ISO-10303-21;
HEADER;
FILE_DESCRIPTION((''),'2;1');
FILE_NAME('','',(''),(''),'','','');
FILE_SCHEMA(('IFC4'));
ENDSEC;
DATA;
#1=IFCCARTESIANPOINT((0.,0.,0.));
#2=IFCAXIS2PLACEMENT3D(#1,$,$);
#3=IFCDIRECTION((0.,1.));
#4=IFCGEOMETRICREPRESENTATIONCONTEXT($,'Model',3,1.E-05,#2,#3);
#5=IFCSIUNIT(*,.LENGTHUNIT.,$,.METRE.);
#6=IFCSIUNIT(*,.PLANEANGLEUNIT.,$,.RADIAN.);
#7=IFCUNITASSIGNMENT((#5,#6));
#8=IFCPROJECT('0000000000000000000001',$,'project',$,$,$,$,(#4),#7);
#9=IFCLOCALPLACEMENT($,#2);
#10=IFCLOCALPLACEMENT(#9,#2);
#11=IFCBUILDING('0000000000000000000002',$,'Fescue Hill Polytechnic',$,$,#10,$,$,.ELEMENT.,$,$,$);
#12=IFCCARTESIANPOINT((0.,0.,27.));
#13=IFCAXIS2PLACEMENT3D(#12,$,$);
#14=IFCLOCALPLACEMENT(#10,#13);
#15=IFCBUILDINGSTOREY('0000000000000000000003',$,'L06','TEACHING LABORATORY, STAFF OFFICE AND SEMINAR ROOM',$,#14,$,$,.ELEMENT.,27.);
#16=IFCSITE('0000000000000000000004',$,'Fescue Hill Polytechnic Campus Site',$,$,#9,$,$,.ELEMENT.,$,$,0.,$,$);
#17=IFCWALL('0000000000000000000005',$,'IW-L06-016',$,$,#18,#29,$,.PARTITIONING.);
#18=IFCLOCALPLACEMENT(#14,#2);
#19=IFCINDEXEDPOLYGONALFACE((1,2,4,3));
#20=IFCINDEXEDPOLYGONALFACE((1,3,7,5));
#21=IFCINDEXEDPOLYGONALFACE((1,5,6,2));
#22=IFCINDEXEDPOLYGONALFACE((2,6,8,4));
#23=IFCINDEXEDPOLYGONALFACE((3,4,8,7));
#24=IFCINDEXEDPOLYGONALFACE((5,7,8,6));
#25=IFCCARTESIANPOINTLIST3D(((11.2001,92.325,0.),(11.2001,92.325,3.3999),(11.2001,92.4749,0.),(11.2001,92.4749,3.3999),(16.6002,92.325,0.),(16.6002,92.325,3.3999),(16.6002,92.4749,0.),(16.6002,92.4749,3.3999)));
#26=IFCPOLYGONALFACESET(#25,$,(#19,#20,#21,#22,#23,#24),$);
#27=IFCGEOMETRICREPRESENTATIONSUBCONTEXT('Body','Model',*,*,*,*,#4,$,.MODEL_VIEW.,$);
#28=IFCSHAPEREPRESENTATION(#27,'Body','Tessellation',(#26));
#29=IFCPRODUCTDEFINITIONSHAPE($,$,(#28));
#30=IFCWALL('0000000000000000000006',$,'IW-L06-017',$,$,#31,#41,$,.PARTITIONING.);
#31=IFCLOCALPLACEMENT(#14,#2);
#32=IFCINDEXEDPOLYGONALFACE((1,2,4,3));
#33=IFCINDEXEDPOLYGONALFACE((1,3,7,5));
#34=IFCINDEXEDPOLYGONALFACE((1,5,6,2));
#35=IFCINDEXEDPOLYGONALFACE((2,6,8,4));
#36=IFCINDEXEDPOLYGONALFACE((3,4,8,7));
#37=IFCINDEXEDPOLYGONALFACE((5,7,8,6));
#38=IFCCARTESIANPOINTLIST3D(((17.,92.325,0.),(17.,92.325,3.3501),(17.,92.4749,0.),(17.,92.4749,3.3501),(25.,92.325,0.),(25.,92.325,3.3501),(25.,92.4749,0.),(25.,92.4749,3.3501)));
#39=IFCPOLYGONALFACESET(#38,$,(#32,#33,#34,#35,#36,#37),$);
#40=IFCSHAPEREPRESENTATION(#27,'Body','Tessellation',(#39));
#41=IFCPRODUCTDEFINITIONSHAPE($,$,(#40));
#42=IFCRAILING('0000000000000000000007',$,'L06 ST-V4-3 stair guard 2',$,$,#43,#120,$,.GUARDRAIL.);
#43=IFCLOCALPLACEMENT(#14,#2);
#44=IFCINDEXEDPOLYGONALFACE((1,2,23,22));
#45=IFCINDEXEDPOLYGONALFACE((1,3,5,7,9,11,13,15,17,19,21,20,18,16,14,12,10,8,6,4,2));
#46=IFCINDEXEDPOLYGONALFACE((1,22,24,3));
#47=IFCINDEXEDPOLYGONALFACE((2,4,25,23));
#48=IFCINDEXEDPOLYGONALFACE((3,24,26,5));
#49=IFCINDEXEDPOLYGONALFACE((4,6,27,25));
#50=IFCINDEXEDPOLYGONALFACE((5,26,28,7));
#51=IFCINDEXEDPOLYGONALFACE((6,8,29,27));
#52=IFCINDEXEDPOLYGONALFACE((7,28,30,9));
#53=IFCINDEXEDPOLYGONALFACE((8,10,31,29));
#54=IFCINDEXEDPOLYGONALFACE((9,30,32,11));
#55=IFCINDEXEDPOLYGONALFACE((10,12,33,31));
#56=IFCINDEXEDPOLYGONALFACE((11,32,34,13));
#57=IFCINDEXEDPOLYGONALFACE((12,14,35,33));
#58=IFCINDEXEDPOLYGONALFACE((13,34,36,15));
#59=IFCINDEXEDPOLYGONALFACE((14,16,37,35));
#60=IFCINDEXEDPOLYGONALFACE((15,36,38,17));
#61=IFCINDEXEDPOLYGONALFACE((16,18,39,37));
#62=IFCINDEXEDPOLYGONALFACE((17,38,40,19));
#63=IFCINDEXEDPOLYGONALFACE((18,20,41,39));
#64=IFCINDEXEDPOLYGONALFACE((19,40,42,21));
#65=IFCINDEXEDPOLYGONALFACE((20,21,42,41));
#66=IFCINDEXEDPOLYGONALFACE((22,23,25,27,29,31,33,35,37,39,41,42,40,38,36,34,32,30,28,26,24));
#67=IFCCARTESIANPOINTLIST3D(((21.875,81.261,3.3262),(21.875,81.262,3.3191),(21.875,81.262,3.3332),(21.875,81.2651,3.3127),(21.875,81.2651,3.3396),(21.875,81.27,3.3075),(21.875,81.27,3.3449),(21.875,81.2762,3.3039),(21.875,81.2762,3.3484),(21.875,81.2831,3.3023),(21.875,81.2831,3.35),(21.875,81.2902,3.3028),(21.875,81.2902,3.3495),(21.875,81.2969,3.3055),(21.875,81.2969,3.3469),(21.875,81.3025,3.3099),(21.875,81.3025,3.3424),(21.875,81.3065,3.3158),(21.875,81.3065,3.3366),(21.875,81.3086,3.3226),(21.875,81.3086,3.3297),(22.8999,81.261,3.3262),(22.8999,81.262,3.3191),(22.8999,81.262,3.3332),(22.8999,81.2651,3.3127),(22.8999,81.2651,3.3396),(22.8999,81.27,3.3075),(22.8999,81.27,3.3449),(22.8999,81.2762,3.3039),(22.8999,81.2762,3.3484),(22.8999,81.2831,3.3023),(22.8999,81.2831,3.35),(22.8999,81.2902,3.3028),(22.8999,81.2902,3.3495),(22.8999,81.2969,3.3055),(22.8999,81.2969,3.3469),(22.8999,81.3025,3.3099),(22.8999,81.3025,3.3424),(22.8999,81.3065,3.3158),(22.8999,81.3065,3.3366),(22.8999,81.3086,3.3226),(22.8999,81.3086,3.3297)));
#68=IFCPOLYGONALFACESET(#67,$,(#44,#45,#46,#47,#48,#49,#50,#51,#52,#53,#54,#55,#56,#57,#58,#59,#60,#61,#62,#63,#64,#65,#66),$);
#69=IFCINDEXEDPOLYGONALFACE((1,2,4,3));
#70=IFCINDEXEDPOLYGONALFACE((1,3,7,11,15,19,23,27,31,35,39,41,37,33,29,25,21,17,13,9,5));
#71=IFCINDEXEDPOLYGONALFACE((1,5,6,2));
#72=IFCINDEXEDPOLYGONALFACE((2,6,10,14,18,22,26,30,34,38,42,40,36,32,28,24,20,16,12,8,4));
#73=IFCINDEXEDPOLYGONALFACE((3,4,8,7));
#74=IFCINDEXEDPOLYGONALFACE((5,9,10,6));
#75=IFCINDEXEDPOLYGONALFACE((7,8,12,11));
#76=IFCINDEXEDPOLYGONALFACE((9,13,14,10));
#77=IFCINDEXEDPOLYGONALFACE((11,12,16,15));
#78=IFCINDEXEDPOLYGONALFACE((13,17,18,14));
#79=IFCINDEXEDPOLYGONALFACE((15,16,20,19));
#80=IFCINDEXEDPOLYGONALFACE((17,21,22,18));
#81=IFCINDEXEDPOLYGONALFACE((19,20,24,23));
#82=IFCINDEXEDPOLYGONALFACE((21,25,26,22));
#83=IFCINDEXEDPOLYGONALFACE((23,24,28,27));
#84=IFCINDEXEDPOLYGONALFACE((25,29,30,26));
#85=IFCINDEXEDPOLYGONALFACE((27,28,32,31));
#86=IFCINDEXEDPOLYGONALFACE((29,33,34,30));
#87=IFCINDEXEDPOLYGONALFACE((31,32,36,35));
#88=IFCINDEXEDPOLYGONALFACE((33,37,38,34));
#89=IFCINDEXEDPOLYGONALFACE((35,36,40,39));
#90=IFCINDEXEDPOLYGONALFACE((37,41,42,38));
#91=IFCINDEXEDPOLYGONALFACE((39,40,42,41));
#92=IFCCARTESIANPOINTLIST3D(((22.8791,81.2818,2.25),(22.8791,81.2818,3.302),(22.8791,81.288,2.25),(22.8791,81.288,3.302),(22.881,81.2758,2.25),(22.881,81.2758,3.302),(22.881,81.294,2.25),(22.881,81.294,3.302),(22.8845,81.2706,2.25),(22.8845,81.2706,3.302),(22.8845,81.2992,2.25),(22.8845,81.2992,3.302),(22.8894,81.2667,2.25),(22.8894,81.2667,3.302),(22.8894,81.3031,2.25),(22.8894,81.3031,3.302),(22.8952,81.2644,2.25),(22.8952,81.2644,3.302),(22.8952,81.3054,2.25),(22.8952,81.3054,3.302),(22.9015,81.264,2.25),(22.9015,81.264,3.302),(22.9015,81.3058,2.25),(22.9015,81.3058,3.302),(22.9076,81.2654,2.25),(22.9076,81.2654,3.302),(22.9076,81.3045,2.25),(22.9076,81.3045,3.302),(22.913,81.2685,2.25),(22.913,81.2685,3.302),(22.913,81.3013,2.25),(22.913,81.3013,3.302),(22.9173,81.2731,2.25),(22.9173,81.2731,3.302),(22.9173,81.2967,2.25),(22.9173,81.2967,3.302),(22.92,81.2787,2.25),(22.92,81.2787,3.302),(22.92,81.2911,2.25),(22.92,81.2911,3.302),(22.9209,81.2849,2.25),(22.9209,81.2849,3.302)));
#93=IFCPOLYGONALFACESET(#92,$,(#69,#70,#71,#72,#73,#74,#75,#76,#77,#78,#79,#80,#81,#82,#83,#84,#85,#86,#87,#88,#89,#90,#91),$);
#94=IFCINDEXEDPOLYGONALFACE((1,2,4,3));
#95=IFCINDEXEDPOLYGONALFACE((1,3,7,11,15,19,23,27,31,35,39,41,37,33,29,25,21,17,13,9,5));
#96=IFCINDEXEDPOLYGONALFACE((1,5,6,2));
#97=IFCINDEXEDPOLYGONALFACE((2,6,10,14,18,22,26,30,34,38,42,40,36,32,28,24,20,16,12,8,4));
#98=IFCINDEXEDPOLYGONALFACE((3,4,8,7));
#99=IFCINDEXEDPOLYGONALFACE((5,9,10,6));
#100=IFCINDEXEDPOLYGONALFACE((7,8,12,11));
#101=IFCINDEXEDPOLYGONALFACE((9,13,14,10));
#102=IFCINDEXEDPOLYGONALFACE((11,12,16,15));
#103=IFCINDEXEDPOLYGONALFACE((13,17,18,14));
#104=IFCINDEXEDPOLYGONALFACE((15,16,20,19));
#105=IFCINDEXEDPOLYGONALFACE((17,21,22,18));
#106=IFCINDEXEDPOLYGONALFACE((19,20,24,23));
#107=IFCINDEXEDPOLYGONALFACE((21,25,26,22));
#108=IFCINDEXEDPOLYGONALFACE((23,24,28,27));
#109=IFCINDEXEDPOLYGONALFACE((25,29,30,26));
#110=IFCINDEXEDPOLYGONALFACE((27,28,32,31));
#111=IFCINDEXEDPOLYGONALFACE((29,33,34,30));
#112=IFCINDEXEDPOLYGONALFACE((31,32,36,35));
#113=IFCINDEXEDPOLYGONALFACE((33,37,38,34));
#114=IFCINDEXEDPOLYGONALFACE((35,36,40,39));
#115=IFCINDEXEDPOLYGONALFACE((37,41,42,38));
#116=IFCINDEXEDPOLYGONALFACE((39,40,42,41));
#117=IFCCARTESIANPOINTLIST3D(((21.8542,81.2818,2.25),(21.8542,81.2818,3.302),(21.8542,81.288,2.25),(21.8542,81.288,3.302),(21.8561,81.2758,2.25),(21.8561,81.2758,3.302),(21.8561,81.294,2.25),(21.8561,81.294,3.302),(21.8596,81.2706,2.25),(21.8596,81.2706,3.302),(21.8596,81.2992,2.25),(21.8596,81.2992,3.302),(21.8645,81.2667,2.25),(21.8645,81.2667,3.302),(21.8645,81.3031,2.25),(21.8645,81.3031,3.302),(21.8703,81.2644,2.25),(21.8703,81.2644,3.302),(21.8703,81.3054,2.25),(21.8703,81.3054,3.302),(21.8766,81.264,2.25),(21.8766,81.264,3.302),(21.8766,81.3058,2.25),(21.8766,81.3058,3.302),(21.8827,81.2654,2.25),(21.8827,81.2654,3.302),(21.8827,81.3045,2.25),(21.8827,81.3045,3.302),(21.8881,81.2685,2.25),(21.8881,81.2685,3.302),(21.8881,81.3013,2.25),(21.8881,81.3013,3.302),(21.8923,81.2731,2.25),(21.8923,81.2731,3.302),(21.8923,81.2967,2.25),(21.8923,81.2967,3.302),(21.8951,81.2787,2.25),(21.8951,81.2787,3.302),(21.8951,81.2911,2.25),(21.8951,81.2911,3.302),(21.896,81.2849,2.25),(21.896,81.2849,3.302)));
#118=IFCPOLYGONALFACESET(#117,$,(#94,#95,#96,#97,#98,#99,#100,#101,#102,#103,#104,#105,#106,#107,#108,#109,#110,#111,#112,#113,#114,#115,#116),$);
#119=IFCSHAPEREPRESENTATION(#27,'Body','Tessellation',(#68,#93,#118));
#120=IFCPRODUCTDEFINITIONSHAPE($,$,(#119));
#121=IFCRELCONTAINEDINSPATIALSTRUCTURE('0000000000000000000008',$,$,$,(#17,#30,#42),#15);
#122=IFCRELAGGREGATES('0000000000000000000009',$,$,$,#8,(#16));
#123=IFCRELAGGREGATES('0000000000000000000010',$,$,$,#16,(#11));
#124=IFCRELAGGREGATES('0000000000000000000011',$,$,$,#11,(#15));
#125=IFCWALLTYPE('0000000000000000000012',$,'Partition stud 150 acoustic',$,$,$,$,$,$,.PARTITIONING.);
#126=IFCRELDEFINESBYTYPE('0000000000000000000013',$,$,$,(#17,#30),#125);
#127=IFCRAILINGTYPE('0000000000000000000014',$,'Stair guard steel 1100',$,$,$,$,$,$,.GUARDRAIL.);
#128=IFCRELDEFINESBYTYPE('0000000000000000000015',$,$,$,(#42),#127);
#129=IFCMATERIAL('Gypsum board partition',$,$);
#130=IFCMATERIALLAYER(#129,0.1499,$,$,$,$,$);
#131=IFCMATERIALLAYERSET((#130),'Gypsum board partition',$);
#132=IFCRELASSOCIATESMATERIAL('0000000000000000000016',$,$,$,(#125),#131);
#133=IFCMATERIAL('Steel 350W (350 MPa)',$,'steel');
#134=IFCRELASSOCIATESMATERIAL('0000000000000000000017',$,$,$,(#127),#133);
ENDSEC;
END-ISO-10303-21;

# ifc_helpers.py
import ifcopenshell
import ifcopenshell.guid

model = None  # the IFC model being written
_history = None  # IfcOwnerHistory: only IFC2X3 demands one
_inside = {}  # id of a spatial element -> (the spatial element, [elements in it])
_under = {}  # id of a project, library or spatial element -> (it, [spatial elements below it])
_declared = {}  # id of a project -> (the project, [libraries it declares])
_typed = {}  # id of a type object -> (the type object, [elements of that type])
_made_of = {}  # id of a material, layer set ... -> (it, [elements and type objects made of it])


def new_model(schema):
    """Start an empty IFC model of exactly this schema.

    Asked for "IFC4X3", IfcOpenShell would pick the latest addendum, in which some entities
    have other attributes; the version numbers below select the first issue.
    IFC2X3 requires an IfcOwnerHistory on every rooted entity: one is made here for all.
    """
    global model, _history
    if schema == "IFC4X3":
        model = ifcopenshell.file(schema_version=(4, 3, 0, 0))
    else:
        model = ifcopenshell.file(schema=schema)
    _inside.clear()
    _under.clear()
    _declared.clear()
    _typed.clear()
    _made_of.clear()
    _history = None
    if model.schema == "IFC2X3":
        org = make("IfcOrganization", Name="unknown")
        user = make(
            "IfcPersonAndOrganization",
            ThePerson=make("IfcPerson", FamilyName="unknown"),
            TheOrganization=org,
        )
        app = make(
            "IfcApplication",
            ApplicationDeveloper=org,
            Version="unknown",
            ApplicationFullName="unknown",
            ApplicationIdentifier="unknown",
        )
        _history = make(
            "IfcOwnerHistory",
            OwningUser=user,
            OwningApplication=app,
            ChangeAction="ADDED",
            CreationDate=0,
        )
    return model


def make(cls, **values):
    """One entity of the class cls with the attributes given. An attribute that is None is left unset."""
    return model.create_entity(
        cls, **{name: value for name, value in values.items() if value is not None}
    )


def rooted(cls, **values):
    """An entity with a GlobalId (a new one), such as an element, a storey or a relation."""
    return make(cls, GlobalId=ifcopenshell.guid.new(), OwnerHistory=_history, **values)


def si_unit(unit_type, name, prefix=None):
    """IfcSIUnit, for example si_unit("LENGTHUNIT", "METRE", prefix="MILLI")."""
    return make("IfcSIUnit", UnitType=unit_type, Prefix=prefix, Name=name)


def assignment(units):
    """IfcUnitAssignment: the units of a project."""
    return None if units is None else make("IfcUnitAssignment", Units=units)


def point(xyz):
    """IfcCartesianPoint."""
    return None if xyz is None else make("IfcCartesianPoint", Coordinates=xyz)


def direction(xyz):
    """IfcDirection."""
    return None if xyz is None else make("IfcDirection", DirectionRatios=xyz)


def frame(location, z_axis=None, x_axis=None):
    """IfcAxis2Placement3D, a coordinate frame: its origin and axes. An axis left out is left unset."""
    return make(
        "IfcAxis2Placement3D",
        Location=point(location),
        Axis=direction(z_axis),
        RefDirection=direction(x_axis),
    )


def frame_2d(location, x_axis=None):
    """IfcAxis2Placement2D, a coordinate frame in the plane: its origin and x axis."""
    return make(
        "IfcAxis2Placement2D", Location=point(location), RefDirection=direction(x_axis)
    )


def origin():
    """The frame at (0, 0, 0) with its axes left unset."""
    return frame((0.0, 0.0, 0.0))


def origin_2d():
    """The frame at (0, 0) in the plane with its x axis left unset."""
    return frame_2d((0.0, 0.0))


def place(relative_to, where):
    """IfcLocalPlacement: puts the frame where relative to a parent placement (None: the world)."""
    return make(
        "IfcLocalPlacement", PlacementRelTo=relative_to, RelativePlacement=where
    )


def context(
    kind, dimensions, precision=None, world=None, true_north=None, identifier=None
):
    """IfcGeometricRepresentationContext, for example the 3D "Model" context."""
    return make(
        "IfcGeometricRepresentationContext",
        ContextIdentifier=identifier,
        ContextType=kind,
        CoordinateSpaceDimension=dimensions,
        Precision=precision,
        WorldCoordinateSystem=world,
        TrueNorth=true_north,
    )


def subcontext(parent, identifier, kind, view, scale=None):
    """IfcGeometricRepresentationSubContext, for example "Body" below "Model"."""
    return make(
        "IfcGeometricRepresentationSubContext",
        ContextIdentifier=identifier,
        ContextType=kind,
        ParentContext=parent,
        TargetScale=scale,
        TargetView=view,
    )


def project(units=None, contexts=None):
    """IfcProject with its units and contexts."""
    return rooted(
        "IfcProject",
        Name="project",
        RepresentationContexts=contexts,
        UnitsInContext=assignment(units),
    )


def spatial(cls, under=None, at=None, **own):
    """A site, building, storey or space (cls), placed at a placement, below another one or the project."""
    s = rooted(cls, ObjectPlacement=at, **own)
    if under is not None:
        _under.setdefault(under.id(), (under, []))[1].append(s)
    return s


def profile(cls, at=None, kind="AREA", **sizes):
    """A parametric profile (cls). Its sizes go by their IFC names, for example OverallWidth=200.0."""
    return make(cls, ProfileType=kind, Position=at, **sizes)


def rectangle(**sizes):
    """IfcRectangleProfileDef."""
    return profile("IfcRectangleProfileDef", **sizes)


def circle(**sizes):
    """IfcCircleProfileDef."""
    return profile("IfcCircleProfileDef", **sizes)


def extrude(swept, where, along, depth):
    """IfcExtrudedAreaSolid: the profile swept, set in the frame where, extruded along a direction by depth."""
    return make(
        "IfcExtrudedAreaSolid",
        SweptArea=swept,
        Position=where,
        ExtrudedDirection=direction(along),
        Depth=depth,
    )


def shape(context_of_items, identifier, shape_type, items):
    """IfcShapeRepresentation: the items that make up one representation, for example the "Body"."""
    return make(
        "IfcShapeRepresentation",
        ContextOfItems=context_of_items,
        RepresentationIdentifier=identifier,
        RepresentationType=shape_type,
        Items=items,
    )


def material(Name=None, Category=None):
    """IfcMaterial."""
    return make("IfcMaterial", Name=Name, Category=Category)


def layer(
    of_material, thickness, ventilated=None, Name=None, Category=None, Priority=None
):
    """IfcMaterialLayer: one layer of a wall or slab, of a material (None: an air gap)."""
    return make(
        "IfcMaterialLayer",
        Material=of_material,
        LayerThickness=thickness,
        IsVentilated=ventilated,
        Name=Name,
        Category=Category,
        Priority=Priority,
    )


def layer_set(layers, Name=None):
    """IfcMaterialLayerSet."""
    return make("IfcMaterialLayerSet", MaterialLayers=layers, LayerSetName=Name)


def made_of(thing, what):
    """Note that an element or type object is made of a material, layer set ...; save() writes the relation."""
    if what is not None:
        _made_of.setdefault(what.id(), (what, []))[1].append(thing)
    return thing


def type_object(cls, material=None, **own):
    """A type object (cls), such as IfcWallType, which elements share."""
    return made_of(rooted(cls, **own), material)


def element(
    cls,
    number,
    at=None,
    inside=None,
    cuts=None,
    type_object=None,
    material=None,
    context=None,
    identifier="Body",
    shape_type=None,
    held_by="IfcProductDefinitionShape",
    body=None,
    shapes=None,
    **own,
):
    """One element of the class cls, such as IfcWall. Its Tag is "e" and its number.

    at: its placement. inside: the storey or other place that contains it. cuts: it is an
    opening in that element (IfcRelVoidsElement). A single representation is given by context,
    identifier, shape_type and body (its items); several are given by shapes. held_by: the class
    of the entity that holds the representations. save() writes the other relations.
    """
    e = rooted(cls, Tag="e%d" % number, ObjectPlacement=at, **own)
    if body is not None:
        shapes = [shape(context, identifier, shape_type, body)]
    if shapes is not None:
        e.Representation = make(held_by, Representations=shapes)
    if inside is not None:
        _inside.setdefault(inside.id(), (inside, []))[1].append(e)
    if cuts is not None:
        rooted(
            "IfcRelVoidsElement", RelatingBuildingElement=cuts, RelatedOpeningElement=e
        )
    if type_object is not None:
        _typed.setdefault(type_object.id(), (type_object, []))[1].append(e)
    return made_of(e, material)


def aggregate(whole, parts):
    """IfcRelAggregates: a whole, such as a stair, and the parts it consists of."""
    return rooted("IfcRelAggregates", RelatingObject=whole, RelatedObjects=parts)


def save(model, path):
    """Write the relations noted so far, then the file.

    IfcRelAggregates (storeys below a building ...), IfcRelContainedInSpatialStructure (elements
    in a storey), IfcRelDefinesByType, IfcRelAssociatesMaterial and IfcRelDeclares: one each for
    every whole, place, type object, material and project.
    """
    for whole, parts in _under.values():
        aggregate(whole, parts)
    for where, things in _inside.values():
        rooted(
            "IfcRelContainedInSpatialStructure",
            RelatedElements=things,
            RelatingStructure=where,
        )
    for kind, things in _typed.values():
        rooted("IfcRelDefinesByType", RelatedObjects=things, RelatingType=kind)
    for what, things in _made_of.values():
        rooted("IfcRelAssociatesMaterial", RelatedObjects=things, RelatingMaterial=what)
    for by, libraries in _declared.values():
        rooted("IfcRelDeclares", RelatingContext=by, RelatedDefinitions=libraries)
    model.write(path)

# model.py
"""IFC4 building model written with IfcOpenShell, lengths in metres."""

from ifc_helpers import new_model, si_unit, direction, frame, frame_2d, origin, origin_2d, place, context, subcontext, project, spatial, rectangle, circle, extrude, material, layer, layer_set, type_object, element, save


model = new_model("IFC4")

# Units and contexts
model_context = context("Model", 3, precision=1e-05, world=origin(), true_north=direction((0.0, 1.0)))
body_context = subcontext(model_context, "Body", "Model", "MODEL_VIEW")
ifc_project = project(units=[si_unit("LENGTHUNIT", "METRE"), si_unit("PLANEANGLEUNIT", "RADIAN")], contexts=[model_context])

# Site, building, storey
site_placement = place(None, origin())
site = spatial("IfcSite", under=ifc_project, at=site_placement, Name="Fescue Hill Polytechnic Campus Site", CompositionType="ELEMENT", RefElevation=0.0)
building_placement = place(site_placement, origin())
building = spatial("IfcBuilding", under=site, at=building_placement, Name="Fescue Hill Polytechnic", CompositionType="ELEMENT")
storey_placement = place(building_placement, frame((0.0, 0.0, 27.0)))
storey = spatial("IfcBuildingStorey", under=building, at=storey_placement, Name="L06", Description="TEACHING LABORATORY, STAFF OFFICE AND SEMINAR ROOM", CompositionType="ELEMENT", Elevation=27.0)

# Shared definitions
ifc_material_1 = material(Name="Gypsum board partition")

# Walls
ifc_layer_1 = layer(ifc_material_1, 0.1499)
ifc_layer_set_1 = layer_set([ifc_layer_1], Name="Gypsum board partition")
wall_type_1 = type_object("IfcWallType", Name="Partition stud 150 acoustic", PredefinedType="PARTITIONING", material=ifc_layer_set_1)
wall_1_placement = place(storey_placement, frame((11.2, 92.3999, 0.0), z_axis=(0.0, 0.0, 1.0), x_axis=(1.0, 0.0, 0.0)))
element("IfcWall", 1, at=wall_1_placement, inside=storey, type_object=wall_type_1, Name="IW-L06-016", PredefinedType="PARTITIONING", context=body_context, shape_type="SweptSolid", body=[
    extrude(rectangle(XDim=5.4001, YDim=0.1499, at=frame_2d((2.7002, 0.0))), origin(), (0.0, 0.0, 1.0), 3.3999),
])
wall_2_placement = place(storey_placement, frame((17.0, 92.3999, 0.0), z_axis=(0.0, 0.0, 1.0), x_axis=(1.0, 0.0, 0.0)))
element("IfcWall", 2, at=wall_2_placement, inside=storey, type_object=wall_type_1, Name="IW-L06-017", PredefinedType="PARTITIONING", context=body_context, shape_type="SweptSolid", body=[
    extrude(rectangle(XDim=8.0, YDim=0.1499, at=frame_2d((4.0, 0.0))), origin(), (0.0, 0.0, 1.0), 3.3501),
])

# Railing
ifc_material_2 = material(Name="Steel 350W (350 MPa)", Category="steel")
railing_type = type_object("IfcRailingType", Name="Stair guard steel 1100", PredefinedType="GUARDRAIL", material=ifc_material_2)
railing_placement = place(storey_placement, frame((22.8999, 81.2849, 2.25)))
element("IfcRailing", 3, at=railing_placement, inside=storey, type_object=railing_type, Name="L06 ST-V4-3 stair guard 2", PredefinedType="GUARDRAIL", context=body_context, shape_type="SweptSolid", body=[
    extrude(circle(Radius=0.0239, at=origin_2d()), frame((0.0, 0.0, 1.0762), z_axis=(-1.0, 0.0, 0.0), x_axis=(0.0, -1.0, 0.0)), (0.0, 0.0, 1.0), 1.0249),
    extrude(circle(Radius=0.021, at=origin_2d()), origin(), (0.0, 0.0, 1.0), 1.052),
    extrude(circle(Radius=0.021, at=origin_2d()), frame((-1.0249, 0.0, 0.0)), (0.0, 0.0, 1.0), 1.052),
])

save(model, "model.ifc")
